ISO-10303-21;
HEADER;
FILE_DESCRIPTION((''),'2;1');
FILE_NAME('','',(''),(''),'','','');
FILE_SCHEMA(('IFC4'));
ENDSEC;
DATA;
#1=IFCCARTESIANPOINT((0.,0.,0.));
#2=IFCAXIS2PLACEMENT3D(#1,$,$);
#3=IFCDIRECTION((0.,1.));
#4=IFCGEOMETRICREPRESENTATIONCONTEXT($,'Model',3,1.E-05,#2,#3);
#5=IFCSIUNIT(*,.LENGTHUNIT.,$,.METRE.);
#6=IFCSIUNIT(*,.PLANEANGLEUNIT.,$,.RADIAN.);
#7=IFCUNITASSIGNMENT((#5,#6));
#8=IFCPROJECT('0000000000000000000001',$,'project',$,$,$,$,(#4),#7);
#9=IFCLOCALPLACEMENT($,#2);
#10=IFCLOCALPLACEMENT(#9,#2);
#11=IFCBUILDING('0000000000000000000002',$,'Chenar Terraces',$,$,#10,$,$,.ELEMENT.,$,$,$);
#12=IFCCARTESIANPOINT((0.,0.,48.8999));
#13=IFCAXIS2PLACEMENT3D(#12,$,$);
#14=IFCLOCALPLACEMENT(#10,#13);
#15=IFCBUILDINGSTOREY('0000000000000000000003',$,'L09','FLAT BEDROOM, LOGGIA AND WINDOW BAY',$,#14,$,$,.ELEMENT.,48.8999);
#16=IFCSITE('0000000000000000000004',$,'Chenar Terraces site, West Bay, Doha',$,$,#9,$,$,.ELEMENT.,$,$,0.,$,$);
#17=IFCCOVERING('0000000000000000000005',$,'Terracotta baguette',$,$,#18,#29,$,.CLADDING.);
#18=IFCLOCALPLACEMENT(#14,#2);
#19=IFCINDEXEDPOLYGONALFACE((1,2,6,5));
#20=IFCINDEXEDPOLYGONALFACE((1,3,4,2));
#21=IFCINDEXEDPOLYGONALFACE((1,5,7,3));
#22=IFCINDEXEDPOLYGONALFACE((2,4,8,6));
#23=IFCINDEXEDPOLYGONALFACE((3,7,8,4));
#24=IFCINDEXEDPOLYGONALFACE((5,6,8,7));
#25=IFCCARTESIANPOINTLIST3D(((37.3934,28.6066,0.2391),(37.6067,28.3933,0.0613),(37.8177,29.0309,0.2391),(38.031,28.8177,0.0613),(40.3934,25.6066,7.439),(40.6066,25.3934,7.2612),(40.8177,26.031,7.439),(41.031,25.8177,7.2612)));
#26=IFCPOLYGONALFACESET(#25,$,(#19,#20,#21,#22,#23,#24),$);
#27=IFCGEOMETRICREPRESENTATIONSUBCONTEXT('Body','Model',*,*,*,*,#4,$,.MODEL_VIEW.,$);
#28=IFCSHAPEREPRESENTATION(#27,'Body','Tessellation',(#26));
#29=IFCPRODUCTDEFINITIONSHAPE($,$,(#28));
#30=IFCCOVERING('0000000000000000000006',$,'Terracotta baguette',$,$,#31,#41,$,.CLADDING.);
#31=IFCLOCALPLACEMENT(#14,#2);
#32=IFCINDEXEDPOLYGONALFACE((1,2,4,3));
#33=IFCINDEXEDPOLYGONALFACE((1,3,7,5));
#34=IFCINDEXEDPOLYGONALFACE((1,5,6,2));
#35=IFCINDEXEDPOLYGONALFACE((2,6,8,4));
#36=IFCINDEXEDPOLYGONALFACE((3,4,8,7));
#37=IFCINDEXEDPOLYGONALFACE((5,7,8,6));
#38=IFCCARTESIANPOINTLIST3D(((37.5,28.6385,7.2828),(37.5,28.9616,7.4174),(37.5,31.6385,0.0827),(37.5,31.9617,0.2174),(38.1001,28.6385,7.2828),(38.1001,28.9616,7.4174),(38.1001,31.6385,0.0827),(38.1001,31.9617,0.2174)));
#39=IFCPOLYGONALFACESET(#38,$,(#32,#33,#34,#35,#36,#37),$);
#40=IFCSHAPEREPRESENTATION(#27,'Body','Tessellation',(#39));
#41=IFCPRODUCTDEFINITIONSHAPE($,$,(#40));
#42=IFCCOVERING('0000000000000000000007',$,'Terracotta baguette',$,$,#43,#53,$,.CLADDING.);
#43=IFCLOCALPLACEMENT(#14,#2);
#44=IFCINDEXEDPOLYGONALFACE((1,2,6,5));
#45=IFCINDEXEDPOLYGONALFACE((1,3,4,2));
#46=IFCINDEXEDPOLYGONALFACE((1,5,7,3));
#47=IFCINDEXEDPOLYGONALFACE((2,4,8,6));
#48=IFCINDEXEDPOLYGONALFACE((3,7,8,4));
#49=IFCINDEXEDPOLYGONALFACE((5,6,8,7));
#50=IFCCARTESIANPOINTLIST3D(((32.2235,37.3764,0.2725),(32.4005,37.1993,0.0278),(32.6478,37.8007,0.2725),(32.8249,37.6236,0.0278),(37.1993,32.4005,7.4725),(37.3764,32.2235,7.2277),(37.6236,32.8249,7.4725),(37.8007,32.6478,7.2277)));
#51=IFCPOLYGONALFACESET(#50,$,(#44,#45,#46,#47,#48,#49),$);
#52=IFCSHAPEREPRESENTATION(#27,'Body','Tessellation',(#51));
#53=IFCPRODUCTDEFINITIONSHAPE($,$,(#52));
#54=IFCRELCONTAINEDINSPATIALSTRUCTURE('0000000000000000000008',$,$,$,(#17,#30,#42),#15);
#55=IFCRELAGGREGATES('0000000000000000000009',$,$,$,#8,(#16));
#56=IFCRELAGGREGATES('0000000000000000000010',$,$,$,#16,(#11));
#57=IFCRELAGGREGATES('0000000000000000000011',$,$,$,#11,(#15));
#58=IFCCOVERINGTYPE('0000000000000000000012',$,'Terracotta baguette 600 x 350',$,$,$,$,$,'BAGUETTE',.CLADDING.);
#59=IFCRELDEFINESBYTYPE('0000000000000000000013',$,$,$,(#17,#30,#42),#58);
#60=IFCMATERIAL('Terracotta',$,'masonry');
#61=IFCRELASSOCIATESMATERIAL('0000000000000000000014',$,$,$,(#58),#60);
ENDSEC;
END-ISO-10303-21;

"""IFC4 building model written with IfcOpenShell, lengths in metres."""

from ifc_helpers import new_model, si_unit, direction, frame, origin, origin_2d, place, context, subcontext, project, spatial, rectangle, extrude, material, material_profile, profile_set, type_object, element, save


model = new_model("IFC4")

# Units and contexts
model_context = context("Model", 3, precision=1e-05, world=origin(), true_north=direction((0.0, 1.0)))
body_context = subcontext(model_context, "Body", "Model", "MODEL_VIEW")
ifc_project = project(units=[si_unit("LENGTHUNIT", "METRE"), si_unit("PLANEANGLEUNIT", "RADIAN")], contexts=[model_context])

# Site, building, storey
site_placement = place(None, origin())
site = spatial("IfcSite", under=ifc_project, at=site_placement, Name="Chenar Terraces site, West Bay, Doha", CompositionType="ELEMENT", RefElevation=0.0)
building_placement = place(site_placement, origin())
building = spatial("IfcBuilding", under=site, at=building_placement, Name="Chenar Terraces", CompositionType="ELEMENT")
storey_placement = place(building_placement, frame((0.0, 0.0, 48.8999)))
storey = spatial("IfcBuildingStorey", under=building, at=storey_placement, Name="L09", Description="FLAT BEDROOM, LOGGIA AND WINDOW BAY", CompositionType="ELEMENT", Elevation=48.8999)

# Coverings
ifc_material_1 = material(Name="Terracotta", Category="masonry")
ifc_material_profile_1 = material_profile(ifc_material_1, rectangle(XDim=0.6001, YDim=0.3501, at=origin_2d()), Name="Terracotta baguette 600 x 350")
ifc_profile_set_1 = profile_set([ifc_material_profile_1], Name="Terracotta")
covering_type = type_object("IfcCoveringType", Name="Terracotta baguette 600 x 350", ElementType="BAGUETTE", PredefinedType="CLADDING", material=ifc_profile_set_1)
covering_1_placement = place(storey_placement, frame((40.7122, 25.7122, 7.3501), z_axis=(-0.358981, 0.358981, -0.861548), x_axis=(-0.707107, -0.707107, 0.0)))
element("IfcCovering", 1, at=covering_1_placement, inside=storey, type_object=covering_type, Name="Terracotta baguette", PredefinedType="CLADDING", context=body_context, shape_type="SweptSolid", body=[
    extrude(rectangle(XDim=0.6001, YDim=0.3501, at=origin_2d()), origin(), (0.0, 0.0, 1.0), 8.3569),
])
covering_2_placement = place(storey_placement, frame((37.8, 28.8, 7.3501), z_axis=(0.0, 0.384618, -0.923076), x_axis=(-1.0, 0.0, 0.0)))
element("IfcCovering", 2, at=covering_2_placement, inside=storey, type_object=covering_type, Name="Terracotta baguette", PredefinedType="CLADDING", context=body_context, shape_type="SweptSolid", body=[
    extrude(rectangle(XDim=0.6001, YDim=0.3501, at=origin_2d()), origin(), (0.0, 0.0, 1.0), 7.8),
])
covering_3_placement = place(storey_placement, frame((37.5, 32.5242, 7.3501), z_axis=(-0.494241, 0.494241, -0.715159), x_axis=(-0.707107, -0.707107, 0.0)))
element("IfcCovering", 3, at=covering_3_placement, inside=storey, type_object=covering_type, Name="Terracotta baguette", PredefinedType="CLADDING", context=body_context, shape_type="SweptSolid", body=[
    extrude(rectangle(XDim=0.6001, YDim=0.3501, at=origin_2d()), origin(), (0.0, 0.0, 1.0), 10.0676),
])

save(model, "model.ifc")
